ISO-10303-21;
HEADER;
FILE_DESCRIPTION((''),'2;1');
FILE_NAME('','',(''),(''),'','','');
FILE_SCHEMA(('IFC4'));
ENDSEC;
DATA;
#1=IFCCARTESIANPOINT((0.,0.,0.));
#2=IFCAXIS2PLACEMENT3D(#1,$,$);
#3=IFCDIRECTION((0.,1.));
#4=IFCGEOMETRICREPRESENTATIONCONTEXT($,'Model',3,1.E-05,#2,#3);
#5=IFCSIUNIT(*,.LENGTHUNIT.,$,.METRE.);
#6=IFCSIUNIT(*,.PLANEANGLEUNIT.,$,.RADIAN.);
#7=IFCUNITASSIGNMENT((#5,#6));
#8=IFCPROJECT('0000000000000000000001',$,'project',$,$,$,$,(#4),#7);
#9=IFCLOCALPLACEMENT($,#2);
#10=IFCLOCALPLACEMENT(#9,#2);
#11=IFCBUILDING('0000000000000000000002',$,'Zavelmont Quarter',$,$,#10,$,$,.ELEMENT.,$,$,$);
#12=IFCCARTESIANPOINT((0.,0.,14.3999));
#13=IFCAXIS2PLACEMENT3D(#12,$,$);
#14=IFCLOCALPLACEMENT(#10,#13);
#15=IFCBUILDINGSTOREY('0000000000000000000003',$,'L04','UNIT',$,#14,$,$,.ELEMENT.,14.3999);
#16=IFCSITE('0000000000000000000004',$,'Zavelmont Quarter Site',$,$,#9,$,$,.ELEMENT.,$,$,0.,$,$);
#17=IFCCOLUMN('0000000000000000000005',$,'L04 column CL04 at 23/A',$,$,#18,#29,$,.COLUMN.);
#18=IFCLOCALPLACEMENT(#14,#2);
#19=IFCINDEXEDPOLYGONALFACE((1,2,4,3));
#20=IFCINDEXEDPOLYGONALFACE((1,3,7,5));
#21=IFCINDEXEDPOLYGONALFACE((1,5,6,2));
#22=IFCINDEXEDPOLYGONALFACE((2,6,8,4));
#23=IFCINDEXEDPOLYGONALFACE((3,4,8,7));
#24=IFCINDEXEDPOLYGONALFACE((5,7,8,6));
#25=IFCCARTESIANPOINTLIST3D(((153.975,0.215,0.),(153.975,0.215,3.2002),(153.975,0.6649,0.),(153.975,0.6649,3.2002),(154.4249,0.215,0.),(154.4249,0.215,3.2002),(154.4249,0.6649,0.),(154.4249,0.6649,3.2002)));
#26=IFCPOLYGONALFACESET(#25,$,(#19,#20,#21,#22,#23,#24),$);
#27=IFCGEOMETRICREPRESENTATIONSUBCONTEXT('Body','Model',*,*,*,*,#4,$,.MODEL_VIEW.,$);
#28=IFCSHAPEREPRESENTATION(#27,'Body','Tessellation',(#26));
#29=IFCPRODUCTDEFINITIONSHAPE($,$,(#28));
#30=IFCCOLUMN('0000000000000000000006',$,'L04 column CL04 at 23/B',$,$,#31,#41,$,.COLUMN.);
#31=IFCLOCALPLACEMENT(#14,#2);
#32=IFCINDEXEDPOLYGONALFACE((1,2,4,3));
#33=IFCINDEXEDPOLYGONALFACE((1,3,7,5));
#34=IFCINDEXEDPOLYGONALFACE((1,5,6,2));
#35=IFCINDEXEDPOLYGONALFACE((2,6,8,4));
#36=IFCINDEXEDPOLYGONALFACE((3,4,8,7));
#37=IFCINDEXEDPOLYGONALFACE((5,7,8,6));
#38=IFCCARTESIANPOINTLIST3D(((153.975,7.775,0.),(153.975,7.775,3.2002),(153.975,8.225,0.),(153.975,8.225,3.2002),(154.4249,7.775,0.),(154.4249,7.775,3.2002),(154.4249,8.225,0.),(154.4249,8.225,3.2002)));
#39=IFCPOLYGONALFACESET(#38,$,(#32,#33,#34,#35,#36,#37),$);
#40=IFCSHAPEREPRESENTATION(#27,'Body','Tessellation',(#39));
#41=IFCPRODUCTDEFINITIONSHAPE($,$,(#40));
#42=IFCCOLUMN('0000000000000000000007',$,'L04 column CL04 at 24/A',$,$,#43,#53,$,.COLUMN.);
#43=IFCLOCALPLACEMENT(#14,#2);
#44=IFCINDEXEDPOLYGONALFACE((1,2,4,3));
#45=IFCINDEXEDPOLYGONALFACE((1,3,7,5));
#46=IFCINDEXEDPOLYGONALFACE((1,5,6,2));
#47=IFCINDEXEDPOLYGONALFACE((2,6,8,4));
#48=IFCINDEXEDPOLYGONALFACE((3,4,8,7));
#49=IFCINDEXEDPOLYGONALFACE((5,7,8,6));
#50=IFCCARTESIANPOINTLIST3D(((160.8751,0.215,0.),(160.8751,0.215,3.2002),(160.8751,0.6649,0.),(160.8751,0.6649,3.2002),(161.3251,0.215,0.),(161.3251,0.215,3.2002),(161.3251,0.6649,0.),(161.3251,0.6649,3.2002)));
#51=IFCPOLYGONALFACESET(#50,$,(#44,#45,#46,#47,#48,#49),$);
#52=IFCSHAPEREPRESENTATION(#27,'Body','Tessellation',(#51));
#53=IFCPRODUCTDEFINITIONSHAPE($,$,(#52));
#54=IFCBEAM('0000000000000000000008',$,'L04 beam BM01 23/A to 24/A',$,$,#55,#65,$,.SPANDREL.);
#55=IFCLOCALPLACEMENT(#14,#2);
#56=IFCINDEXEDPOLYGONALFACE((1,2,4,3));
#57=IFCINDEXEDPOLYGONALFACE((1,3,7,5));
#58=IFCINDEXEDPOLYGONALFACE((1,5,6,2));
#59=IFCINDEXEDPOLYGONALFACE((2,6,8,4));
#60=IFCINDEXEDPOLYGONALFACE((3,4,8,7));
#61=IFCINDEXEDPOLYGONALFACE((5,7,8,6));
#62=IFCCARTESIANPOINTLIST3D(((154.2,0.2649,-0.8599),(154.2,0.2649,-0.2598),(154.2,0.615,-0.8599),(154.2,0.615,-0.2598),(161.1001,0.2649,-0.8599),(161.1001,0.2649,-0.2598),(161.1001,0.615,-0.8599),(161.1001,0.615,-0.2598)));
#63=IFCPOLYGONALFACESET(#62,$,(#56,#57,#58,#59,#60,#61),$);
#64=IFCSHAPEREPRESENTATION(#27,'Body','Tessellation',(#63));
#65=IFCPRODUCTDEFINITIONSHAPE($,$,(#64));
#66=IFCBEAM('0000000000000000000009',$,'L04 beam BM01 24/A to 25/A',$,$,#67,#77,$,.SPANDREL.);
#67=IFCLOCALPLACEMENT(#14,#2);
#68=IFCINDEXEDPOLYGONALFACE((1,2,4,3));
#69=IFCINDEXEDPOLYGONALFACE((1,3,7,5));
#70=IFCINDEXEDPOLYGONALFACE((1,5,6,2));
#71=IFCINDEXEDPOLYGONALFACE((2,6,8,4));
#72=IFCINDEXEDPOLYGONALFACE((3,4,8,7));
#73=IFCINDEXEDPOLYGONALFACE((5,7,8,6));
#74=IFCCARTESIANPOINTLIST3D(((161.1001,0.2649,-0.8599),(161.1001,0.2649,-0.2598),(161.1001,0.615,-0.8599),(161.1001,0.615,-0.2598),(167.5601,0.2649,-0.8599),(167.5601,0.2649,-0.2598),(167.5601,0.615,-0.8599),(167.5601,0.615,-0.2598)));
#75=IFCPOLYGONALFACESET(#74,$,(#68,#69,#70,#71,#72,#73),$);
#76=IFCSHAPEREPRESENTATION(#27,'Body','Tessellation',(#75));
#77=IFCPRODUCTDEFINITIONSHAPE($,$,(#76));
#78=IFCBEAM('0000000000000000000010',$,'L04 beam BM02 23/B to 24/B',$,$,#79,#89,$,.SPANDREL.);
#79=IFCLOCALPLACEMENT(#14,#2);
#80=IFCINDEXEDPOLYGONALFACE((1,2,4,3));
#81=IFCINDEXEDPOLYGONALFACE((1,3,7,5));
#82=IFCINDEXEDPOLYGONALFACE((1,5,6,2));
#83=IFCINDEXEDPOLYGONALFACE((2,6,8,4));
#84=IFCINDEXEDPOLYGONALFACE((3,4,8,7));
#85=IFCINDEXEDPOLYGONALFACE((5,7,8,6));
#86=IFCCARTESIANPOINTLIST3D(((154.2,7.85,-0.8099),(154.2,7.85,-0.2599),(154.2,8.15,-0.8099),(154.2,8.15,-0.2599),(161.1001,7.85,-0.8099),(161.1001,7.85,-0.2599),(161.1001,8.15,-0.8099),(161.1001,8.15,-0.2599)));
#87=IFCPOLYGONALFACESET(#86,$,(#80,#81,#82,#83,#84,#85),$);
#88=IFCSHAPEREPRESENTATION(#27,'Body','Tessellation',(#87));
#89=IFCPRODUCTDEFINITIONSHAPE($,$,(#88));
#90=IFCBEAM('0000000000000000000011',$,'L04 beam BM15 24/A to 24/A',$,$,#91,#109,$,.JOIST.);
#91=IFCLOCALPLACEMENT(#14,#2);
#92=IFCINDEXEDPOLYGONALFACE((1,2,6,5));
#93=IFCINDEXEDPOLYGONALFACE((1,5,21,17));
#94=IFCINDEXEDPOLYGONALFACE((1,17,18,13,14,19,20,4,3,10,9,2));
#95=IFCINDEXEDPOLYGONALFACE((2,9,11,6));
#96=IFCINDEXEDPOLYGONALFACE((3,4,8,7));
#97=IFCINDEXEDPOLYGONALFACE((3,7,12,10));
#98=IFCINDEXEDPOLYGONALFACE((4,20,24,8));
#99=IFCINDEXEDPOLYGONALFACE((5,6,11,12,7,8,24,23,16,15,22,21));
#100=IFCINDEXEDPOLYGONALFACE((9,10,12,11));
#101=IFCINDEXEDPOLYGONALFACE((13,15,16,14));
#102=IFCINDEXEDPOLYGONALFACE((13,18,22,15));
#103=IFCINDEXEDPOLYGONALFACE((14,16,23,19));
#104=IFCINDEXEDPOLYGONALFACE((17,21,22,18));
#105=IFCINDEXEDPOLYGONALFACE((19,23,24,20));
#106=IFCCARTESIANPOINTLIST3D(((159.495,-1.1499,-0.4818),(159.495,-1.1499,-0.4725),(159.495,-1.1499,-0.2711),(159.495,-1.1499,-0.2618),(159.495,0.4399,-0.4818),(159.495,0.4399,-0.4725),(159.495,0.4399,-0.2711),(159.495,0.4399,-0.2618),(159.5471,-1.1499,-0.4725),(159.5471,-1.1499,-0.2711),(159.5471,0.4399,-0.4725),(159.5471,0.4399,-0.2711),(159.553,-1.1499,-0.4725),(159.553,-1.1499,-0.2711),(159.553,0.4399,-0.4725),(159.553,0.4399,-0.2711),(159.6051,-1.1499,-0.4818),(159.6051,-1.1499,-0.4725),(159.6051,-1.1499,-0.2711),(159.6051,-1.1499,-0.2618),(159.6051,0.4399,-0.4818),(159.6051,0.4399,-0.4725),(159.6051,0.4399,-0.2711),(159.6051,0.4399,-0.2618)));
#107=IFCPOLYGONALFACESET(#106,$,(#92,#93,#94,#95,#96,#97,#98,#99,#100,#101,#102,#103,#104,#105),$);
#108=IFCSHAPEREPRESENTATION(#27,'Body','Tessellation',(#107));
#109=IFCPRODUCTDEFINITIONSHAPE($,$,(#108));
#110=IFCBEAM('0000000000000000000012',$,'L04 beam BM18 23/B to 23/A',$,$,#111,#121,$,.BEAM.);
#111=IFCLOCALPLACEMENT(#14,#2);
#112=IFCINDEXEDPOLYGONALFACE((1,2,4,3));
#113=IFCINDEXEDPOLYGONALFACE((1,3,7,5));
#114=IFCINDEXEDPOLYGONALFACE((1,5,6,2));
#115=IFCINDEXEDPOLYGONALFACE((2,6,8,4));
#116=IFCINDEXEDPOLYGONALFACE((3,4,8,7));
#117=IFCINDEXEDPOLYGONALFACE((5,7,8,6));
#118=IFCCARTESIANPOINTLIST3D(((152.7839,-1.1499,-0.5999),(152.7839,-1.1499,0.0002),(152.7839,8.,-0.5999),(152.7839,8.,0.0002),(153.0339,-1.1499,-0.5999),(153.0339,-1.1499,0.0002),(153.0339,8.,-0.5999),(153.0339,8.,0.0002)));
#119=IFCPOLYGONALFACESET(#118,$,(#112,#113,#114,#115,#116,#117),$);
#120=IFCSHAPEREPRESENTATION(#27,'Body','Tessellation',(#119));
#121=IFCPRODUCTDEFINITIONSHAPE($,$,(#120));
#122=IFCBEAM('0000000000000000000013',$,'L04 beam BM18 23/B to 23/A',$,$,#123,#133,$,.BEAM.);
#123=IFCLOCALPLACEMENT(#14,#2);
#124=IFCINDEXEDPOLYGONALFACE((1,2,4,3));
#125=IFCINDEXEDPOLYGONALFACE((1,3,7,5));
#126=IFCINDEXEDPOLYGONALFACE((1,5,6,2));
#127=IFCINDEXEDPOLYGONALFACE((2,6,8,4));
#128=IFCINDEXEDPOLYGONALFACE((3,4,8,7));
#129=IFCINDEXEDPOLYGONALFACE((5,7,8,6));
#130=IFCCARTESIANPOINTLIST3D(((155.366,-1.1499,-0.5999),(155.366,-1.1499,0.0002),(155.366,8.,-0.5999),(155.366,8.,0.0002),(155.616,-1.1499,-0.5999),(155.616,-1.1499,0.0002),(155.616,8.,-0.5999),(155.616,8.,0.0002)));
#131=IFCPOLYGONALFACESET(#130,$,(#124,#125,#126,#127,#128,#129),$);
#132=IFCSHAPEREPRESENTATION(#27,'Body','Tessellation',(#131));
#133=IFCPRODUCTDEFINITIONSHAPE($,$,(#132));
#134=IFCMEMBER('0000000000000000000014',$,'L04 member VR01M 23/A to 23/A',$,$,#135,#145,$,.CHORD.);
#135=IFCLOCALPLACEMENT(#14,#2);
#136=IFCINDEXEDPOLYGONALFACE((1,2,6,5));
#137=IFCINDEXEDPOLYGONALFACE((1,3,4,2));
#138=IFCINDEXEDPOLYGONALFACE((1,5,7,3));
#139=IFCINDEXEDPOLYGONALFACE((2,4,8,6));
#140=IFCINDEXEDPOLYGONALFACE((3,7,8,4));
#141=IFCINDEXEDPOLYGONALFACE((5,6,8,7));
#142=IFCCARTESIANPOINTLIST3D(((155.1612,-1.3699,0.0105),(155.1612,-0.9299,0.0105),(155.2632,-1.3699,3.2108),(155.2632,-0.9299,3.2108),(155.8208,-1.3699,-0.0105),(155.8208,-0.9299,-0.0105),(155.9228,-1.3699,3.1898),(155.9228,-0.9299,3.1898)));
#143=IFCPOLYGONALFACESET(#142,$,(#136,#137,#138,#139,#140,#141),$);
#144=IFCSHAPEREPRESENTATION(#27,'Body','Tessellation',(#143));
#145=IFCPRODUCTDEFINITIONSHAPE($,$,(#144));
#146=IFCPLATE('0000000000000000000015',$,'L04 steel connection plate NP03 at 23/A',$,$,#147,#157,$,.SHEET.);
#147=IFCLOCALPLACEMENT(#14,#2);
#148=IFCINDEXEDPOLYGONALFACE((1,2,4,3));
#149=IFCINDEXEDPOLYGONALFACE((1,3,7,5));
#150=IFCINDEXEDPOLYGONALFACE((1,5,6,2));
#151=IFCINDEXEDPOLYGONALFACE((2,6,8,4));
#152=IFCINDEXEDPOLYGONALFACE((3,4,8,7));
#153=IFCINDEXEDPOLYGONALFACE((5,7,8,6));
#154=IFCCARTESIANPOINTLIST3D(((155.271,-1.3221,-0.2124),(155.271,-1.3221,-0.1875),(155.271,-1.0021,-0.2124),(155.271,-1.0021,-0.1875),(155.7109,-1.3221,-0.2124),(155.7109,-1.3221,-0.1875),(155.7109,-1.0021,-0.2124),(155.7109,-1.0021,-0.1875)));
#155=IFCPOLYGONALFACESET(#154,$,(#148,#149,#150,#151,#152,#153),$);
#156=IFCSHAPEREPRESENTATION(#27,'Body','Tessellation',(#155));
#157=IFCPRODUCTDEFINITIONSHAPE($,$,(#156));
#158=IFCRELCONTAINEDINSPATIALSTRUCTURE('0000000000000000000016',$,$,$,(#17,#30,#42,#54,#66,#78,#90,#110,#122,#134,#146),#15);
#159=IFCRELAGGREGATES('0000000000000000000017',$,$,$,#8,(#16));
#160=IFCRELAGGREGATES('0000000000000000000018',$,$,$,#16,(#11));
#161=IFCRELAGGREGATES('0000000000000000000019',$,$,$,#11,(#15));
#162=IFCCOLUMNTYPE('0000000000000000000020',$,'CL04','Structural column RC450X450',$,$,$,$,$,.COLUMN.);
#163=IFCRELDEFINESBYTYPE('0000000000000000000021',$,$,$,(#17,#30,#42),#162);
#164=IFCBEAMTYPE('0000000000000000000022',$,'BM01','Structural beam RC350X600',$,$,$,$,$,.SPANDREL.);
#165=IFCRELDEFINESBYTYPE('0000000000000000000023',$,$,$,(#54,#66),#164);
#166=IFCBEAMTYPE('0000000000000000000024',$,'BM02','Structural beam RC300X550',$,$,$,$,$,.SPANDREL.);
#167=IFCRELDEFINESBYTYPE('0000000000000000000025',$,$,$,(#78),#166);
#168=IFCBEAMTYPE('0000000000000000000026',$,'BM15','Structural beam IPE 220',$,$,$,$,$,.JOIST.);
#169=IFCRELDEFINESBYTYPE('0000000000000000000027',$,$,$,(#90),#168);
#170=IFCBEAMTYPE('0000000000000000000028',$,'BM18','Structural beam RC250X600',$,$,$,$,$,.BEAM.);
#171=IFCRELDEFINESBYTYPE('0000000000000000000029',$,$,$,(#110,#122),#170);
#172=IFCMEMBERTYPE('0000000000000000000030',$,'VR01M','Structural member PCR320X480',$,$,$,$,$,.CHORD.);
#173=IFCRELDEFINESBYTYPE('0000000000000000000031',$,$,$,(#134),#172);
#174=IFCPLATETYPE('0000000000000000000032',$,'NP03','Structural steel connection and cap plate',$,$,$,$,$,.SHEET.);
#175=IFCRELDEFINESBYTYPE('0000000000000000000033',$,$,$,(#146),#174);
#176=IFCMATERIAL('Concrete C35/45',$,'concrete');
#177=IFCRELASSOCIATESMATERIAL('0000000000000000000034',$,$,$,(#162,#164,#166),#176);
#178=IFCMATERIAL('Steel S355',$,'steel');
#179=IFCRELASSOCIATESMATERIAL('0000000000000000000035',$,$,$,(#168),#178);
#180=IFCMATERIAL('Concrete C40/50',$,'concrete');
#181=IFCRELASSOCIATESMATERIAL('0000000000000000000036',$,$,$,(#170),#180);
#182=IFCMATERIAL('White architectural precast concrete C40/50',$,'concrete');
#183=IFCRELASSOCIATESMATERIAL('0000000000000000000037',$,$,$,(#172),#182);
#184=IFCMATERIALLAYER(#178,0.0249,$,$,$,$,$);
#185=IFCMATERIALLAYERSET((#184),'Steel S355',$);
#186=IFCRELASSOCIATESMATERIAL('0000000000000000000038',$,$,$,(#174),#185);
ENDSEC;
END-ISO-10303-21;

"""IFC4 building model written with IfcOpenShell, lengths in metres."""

from ifc_helpers import new_model, si_unit, direction, frame, origin, origin_2d, place, context, subcontext, project, spatial, rectangle, i_section, extrude, material, layer, layer_set, material_profile, profile_set, type_object, element, save


model = new_model("IFC4")

# Units and contexts
model_context = context("Model", 3, precision=1e-05, world=origin(), true_north=direction((0.0, 1.0)))
body_context = subcontext(model_context, "Body", "Model", "MODEL_VIEW")
ifc_project = project(units=[si_unit("LENGTHUNIT", "METRE"), si_unit("PLANEANGLEUNIT", "RADIAN")], contexts=[model_context])

# Site, building, storey
site_placement = place(None, origin())
site = spatial("IfcSite", under=ifc_project, at=site_placement, Name="Zavelmont Quarter Site", CompositionType="ELEMENT", RefElevation=0.0)
building_placement = place(site_placement, origin())
building = spatial("IfcBuilding", under=site, at=building_placement, Name="Zavelmont Quarter", CompositionType="ELEMENT")
storey_placement = place(building_placement, frame((0.0, 0.0, 14.3999)))
storey = spatial("IfcBuildingStorey", under=building, at=storey_placement, Name="L04", Description="UNIT", CompositionType="ELEMENT", Elevation=14.3999)

# Columns
ifc_material_1 = material(Name="Concrete C35/45", Category="concrete")
ifc_material_profile_1 = material_profile(ifc_material_1, rectangle(XDim=0.45, YDim=0.45, at=origin_2d()), Name="RC450X450")
ifc_profile_set_1 = profile_set([ifc_material_profile_1], Name="Concrete C35/45")
column_type = type_object("IfcColumnType", Name="CL04", Description="Structural column RC450X450", PredefinedType="COLUMN", material=ifc_profile_set_1)
for number, where, z_axis, x_axis, name in (
    (1, (154.2, 0.4399, 0.0), (0.0, 0.0, 1.0), (1.0, 0.0, 0.0), "L04 column CL04 at 23/A"),
    (2, (154.2, 8.0, 0.0), (0.0, 0.0, 1.0), (1.0, 0.0, 0.0), "L04 column CL04 at 23/B"),
    (3, (161.1001, 0.4399, 0.0), (0.0, 0.0, 1.0), (1.0, 0.0, 0.0), "L04 column CL04 at 24/A"),
):
    element("IfcColumn", number, at=place(storey_placement, frame(where, z_axis=z_axis, x_axis=x_axis)), inside=storey, type_object=column_type, Name=name, PredefinedType="COLUMN", context=body_context, shape_type="SweptSolid", body=[
        extrude(rectangle(XDim=0.45, YDim=0.45, at=origin_2d()), origin(), (0.0, 0.0, 1.0), 3.2002),
    ])

# Beams
ifc_material_profile_2 = material_profile(ifc_material_1, rectangle(XDim=0.3501, YDim=0.6001, at=origin_2d()), Name="RC350X600")
ifc_profile_set_2 = profile_set([ifc_material_profile_2], Name="Concrete C35/45")
beam_type_1 = type_object("IfcBeamType", Name="BM01", Description="Structural beam RC350X600", PredefinedType="SPANDREL", material=ifc_profile_set_2)
beam_1_placement = place(storey_placement, frame((154.2, 0.4399, -0.5598), z_axis=(1.0, 0.0, 0.0), x_axis=(0.0, 1.0, 0.0)))
element("IfcBeam", 4, at=beam_1_placement, inside=storey, type_object=beam_type_1, Name="L04 beam BM01 23/A to 24/A", PredefinedType="SPANDREL", context=body_context, shape_type="SweptSolid", body=[
    extrude(rectangle(XDim=0.3501, YDim=0.6001, at=origin_2d()), origin(), (0.0, 0.0, 1.0), 6.9001),
])
beam_2_placement = place(storey_placement, frame((161.1001, 0.4399, -0.5598), z_axis=(1.0, 0.0, 0.0), x_axis=(0.0, 1.0, 0.0)))
element("IfcBeam", 5, at=beam_2_placement, inside=storey, type_object=beam_type_1, Name="L04 beam BM01 24/A to 25/A", PredefinedType="SPANDREL", context=body_context, shape_type="SweptSolid", body=[
    extrude(rectangle(XDim=0.3501, YDim=0.6001, at=origin_2d()), origin(), (0.0, 0.0, 1.0), 6.46),
])
ifc_material_profile_3 = material_profile(ifc_material_1, rectangle(XDim=0.3, YDim=0.55, at=origin_2d()), Name="RC300X550")
ifc_profile_set_3 = profile_set([ifc_material_profile_3], Name="Concrete C35/45")
beam_type_2 = type_object("IfcBeamType", Name="BM02", Description="Structural beam RC300X550", PredefinedType="SPANDREL", material=ifc_profile_set_3)
beam_3_placement = place(storey_placement, frame((154.2, 8.0, -0.5349), z_axis=(1.0, 0.0, 0.0), x_axis=(0.0, 1.0, 0.0)))
element("IfcBeam", 6, at=beam_3_placement, inside=storey, type_object=beam_type_2, Name="L04 beam BM02 23/B to 24/B", PredefinedType="SPANDREL", context=body_context, shape_type="SweptSolid", body=[
    extrude(rectangle(XDim=0.3, YDim=0.55, at=origin_2d()), origin(), (0.0, 0.0, 1.0), 6.9001),
])
ifc_material_2 = material(Name="Steel S355", Category="steel")
ifc_material_profile_4 = material_profile(ifc_material_2, i_section(OverallWidth=0.1101, OverallDepth=0.22, WebThickness=0.0059, FlangeThickness=0.0093, at=origin_2d()), Name="IPE 220")
ifc_profile_set_4 = profile_set([ifc_material_profile_4], Name="Steel S355")
beam_type_3 = type_object("IfcBeamType", Name="BM15", Description="Structural beam IPE 220", PredefinedType="JOIST", material=ifc_profile_set_4)
beam_4_placement = place(storey_placement, frame((159.55, 0.4399, -0.3718), z_axis=(0.0, -1.0, 0.0), x_axis=(1.0, 0.0, 0.0)))
element("IfcBeam", 7, at=beam_4_placement, inside=storey, type_object=beam_type_3, Name="L04 beam BM15 24/A to 24/A", PredefinedType="JOIST", context=body_context, shape_type="SweptSolid", body=[
    extrude(i_section(OverallWidth=0.1101, OverallDepth=0.22, WebThickness=0.0059, FlangeThickness=0.0093, at=origin_2d()), origin(), (0.0, 0.0, 1.0), 1.5898),
])
ifc_material_3 = material(Name="Concrete C40/50", Category="concrete")
ifc_material_profile_5 = material_profile(ifc_material_3, rectangle(XDim=0.25, YDim=0.6001, at=origin_2d()), Name="RC250X600")
ifc_profile_set_5 = profile_set([ifc_material_profile_5], Name="Concrete C40/50")
beam_type_4 = type_object("IfcBeamType", Name="BM18", Description="Structural beam RC250X600", PredefinedType="BEAM", material=ifc_profile_set_5)
for number, where, z_axis, x_axis, name in (
    (8, (152.9089, 8.0, -0.2998), (0.0, -1.0, 0.0), (1.0, 0.0, 0.0), "L04 beam BM18 23/B to 23/A"),
    (9, (155.491, 8.0, -0.2998), (0.0, -1.0, 0.0), (1.0, 0.0, 0.0), "L04 beam BM18 23/B to 23/A"),
):
    element("IfcBeam", number, at=place(storey_placement, frame(where, z_axis=z_axis, x_axis=x_axis)), inside=storey, type_object=beam_type_4, Name=name, PredefinedType="BEAM", context=body_context, shape_type="SweptSolid", body=[
        extrude(rectangle(XDim=0.25, YDim=0.6001, at=origin_2d()), origin(), (0.0, 0.0, 1.0), 9.1499),
    ])

# Member
ifc_material_4 = material(Name="White architectural precast concrete C40/50", Category="concrete")
ifc_material_profile_6 = material_profile(ifc_material_4, rectangle(XDim=0.4399, YDim=0.6599, at=origin_2d()), Name="PCR320X480")
ifc_profile_set_6 = profile_set([ifc_material_profile_6], Name="White architectural precast concrete C40/50")
member_type = type_object("IfcMemberType", Name="VR01M", Description="Structural member PCR320X480", PredefinedType="CHORD", material=ifc_profile_set_6)
member_placement = place(storey_placement, frame((155.491, -1.1499, 0.0), z_axis=(0.031873, 0.0, 0.999492), x_axis=(0.0, 1.0, 0.0)))
element("IfcMember", 10, at=member_placement, inside=storey, type_object=member_type, Name="L04 member VR01M 23/A to 23/A", PredefinedType="CHORD", context=body_context, shape_type="SweptSolid", body=[
    extrude(rectangle(XDim=0.4399, YDim=0.6599, at=origin_2d()), origin(), (0.0, 0.0, 1.0), 3.2019),
])

# Plate
ifc_layer_1 = layer(ifc_material_2, 0.0249)
ifc_layer_set_1 = layer_set([ifc_layer_1], Name="Steel S355")
plate_type = type_object("IfcPlateType", Name="NP03", Description="Structural steel connection and cap plate", PredefinedType="SHEET", material=ifc_layer_set_1)
plate_placement = place(storey_placement, frame((155.491, -1.1621, -0.2124), z_axis=(0.0, 0.0, 1.0), x_axis=(1.0, 0.0, 0.0)))
element("IfcPlate", 11, at=plate_placement, inside=storey, type_object=plate_type, Name="L04 steel connection plate NP03 at 23/A", PredefinedType="SHEET", context=body_context, shape_type="SweptSolid", body=[
    extrude(rectangle(XDim=0.4399, YDim=0.3201, at=origin_2d()), origin(), (0.0, 0.0, 1.0), 0.0249),
])

save(model, "model.ifc")
